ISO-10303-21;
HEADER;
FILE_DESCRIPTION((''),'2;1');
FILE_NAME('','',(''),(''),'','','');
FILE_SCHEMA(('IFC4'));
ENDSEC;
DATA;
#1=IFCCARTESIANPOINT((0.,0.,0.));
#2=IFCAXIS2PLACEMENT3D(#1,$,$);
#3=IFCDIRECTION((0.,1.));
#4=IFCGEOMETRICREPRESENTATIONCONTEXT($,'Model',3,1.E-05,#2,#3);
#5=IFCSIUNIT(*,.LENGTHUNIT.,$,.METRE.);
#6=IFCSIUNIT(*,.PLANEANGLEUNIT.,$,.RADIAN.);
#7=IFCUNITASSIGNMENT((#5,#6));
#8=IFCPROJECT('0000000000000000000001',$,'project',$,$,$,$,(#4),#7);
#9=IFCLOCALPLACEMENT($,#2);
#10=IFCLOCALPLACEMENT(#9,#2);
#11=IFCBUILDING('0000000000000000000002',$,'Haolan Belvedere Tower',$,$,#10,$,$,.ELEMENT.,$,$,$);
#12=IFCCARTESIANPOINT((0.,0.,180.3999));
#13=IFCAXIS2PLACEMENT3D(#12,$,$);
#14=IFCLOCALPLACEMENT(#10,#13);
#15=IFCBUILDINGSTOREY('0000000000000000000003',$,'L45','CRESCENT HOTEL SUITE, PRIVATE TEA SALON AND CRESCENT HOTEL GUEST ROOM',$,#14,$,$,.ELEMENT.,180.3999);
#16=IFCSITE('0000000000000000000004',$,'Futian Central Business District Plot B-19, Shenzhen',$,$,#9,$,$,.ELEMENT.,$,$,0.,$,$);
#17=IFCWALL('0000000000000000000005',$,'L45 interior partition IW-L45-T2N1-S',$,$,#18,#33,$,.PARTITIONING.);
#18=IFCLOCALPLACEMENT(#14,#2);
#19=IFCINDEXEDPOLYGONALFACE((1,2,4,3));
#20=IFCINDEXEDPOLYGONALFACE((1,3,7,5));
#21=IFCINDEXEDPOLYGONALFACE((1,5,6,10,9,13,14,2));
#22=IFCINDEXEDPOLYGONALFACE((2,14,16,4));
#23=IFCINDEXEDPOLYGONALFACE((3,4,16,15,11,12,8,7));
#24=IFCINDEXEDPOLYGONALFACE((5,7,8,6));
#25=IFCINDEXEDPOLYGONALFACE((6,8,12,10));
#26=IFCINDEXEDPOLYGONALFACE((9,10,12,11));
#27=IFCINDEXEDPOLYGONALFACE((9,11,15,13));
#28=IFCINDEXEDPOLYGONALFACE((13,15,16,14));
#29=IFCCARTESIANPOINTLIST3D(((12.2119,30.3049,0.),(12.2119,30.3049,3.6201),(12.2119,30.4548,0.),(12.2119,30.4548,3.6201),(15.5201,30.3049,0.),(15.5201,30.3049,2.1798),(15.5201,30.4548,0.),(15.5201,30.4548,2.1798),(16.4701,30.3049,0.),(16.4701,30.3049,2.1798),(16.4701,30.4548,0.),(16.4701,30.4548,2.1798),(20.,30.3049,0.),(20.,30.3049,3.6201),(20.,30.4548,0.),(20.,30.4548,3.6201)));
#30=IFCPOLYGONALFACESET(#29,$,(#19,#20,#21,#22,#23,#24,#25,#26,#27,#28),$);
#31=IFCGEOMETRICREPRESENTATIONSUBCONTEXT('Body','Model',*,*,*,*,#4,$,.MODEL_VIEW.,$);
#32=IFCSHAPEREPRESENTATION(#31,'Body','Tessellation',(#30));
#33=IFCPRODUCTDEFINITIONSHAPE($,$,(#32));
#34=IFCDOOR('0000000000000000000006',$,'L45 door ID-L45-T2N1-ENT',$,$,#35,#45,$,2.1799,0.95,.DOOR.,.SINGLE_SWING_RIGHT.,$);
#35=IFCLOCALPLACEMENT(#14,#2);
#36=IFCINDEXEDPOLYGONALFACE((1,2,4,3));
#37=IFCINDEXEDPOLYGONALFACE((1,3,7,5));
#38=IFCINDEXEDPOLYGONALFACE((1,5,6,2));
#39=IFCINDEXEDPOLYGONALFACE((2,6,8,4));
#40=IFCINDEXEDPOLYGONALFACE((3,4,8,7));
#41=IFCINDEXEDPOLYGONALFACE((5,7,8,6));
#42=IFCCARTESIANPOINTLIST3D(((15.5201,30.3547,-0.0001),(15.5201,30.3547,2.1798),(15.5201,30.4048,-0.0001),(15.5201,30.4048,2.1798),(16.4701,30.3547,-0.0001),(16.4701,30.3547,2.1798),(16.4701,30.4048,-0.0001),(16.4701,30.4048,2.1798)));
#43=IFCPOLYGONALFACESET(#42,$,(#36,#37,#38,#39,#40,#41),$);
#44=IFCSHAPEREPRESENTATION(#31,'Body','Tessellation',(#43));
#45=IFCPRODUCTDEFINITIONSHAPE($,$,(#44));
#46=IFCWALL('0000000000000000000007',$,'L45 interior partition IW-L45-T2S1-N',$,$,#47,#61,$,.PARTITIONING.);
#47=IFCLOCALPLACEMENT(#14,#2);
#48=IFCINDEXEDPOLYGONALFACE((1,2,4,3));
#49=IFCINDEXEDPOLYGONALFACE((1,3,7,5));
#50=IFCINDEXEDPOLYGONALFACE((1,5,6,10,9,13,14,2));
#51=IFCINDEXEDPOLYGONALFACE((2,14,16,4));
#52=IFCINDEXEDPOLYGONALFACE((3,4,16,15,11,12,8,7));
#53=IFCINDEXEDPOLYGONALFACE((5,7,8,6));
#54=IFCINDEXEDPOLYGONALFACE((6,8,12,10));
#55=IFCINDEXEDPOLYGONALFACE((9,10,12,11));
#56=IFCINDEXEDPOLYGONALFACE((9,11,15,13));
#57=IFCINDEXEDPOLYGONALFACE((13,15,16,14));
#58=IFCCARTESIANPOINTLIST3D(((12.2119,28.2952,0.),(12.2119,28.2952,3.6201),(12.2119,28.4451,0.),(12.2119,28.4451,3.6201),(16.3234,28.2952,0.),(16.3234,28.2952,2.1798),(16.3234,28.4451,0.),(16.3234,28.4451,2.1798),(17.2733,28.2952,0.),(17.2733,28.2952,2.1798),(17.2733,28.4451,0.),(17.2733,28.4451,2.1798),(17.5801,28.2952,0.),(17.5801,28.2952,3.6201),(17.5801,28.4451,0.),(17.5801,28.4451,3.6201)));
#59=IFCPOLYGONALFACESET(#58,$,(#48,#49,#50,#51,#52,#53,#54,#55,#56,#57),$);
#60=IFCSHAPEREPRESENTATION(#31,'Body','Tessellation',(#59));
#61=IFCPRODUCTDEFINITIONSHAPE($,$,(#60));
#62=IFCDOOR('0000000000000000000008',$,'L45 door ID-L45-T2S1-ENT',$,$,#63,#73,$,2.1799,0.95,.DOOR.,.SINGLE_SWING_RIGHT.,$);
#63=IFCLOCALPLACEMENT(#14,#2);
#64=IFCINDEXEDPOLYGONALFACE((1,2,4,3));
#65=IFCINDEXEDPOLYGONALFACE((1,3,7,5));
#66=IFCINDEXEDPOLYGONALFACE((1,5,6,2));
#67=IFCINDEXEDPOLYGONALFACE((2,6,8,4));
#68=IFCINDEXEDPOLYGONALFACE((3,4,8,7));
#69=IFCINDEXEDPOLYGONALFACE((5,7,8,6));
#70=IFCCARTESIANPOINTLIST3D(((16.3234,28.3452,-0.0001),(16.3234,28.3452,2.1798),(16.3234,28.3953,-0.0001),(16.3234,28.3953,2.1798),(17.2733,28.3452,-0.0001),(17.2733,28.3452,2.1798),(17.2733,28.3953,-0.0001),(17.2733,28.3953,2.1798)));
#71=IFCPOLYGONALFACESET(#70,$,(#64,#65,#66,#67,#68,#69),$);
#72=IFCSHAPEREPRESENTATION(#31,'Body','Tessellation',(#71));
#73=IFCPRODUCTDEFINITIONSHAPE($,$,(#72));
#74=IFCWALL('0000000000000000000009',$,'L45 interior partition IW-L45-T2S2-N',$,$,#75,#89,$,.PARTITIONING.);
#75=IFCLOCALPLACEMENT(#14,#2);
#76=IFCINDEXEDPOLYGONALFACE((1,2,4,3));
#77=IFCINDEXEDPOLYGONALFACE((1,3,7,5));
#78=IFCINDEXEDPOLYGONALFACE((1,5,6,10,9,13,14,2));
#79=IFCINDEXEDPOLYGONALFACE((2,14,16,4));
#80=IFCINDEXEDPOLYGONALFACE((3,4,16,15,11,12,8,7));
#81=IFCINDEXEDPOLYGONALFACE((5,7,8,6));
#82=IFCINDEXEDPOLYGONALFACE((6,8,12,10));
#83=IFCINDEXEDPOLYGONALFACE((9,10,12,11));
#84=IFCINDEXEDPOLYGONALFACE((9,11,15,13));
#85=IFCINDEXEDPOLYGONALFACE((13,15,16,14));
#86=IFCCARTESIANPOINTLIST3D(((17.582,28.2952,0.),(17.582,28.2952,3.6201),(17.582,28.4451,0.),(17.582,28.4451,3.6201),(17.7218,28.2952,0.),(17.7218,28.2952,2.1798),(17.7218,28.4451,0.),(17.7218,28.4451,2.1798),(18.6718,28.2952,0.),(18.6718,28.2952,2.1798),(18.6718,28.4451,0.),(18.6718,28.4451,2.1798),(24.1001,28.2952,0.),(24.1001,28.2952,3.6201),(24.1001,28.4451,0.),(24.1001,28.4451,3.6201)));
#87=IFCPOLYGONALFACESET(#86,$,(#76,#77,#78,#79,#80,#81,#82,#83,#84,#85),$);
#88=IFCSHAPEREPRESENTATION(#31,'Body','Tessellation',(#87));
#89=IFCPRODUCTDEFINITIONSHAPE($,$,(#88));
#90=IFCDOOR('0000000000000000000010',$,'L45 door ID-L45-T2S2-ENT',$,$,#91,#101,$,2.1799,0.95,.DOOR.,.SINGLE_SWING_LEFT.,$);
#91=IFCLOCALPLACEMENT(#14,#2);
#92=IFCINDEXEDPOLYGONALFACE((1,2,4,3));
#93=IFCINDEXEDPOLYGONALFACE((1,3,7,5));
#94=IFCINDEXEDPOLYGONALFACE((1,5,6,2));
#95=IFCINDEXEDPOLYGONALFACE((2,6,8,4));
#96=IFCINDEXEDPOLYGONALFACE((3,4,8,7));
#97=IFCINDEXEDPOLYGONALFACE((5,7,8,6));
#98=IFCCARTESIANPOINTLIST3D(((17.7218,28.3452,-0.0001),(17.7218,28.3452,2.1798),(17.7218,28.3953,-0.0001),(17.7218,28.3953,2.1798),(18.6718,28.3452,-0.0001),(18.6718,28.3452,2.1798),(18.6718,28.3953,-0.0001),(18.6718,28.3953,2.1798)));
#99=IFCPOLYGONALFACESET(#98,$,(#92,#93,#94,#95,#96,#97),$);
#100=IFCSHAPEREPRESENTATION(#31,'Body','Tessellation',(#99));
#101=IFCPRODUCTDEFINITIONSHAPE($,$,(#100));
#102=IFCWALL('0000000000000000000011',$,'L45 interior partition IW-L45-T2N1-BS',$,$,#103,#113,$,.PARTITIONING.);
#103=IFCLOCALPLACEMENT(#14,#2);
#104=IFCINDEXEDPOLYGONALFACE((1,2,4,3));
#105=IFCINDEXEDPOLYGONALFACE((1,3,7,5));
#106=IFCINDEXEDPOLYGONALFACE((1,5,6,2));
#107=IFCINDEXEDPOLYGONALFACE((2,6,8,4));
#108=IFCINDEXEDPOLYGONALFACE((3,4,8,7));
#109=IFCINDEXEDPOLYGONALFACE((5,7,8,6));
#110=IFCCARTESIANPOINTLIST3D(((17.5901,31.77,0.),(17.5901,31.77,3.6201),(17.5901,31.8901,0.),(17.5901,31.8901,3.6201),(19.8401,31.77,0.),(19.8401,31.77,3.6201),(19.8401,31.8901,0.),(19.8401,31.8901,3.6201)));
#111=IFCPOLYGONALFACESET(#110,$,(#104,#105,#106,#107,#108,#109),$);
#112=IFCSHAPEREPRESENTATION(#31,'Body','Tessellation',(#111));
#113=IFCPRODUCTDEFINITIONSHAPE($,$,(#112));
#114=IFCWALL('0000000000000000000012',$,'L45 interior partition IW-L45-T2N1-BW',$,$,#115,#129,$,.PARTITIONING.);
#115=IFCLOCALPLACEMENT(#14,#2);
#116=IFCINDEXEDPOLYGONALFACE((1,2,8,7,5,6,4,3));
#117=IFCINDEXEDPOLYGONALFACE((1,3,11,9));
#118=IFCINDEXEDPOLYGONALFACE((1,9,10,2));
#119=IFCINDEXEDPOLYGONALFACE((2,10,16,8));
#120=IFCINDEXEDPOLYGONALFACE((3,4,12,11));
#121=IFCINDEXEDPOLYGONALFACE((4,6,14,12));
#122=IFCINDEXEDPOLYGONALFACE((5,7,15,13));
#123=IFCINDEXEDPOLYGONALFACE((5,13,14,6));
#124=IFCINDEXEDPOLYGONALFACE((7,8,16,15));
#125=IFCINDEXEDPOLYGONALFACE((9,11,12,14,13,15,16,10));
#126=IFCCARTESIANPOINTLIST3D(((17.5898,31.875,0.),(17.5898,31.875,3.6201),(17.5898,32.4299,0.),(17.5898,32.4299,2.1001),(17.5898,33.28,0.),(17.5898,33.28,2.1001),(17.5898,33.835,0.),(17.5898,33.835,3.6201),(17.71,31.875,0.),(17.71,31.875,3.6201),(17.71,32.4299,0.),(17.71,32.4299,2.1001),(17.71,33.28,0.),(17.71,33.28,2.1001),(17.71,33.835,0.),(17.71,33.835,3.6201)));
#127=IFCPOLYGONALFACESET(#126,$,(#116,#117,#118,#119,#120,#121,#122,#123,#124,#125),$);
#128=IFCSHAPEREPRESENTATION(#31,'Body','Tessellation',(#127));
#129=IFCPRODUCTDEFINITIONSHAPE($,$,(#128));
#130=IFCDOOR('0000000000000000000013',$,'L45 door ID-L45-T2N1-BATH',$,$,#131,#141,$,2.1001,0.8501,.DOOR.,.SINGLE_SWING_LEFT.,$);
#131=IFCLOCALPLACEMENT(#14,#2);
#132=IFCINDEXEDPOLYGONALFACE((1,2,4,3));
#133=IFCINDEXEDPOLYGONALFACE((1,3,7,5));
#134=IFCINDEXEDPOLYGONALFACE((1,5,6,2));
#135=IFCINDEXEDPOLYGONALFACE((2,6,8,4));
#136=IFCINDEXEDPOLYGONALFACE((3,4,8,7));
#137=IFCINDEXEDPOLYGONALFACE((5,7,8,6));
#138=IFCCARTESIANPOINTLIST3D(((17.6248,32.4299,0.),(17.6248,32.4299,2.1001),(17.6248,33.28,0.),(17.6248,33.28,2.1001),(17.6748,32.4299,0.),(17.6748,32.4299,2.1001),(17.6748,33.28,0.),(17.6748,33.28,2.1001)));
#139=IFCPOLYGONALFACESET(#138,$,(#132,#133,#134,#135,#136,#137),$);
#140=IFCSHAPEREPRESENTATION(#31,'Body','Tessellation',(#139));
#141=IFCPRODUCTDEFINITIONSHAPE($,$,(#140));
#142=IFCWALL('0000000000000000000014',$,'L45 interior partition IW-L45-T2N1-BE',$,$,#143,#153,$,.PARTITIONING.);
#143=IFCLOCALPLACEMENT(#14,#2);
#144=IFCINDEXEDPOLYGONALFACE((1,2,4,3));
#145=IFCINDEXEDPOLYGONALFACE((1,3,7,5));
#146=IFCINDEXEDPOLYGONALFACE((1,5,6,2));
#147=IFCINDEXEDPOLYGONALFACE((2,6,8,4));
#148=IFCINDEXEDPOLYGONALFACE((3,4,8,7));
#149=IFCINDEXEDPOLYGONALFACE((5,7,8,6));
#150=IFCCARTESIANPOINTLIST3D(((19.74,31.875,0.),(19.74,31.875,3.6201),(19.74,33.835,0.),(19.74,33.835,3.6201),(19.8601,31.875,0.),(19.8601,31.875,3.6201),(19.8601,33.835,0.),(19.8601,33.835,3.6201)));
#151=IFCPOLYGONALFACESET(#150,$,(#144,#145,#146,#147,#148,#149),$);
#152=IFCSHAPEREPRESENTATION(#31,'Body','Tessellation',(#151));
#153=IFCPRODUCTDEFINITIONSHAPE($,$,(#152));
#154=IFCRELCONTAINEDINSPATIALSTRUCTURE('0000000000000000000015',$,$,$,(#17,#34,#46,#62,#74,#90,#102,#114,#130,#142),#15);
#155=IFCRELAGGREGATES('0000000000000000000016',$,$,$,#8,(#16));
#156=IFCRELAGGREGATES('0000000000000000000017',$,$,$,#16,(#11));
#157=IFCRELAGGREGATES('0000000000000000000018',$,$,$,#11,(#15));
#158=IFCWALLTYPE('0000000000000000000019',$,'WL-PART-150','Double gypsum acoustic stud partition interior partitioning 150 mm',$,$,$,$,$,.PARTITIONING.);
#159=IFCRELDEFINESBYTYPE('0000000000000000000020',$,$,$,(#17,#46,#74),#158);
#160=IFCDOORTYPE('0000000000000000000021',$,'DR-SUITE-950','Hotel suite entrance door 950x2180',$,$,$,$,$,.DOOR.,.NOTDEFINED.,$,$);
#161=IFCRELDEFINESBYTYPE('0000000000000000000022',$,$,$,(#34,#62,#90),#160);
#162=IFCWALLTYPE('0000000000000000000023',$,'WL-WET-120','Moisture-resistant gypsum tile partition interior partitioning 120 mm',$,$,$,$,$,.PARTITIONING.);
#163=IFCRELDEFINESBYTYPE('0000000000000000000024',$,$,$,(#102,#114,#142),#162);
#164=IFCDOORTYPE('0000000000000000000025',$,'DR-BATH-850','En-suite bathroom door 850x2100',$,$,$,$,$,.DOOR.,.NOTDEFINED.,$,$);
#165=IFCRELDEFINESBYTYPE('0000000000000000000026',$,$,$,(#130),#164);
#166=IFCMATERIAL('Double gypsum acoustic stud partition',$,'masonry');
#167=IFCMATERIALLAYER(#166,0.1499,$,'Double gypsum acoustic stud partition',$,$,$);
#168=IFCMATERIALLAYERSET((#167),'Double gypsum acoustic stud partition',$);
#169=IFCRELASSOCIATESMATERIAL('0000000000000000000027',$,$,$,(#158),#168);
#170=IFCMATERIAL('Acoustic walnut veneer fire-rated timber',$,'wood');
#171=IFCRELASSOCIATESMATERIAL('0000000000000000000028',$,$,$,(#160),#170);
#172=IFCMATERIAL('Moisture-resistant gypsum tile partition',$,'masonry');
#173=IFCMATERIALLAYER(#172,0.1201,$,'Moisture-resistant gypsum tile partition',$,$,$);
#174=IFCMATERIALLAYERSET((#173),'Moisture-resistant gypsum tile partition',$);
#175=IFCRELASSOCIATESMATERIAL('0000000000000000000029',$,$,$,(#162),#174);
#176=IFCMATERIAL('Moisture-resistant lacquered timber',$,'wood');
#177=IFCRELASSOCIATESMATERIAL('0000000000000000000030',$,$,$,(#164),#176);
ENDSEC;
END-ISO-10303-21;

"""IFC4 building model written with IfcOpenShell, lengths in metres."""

from ifc_helpers import new_model, si_unit, direction, frame, frame_2d, origin, place, context, subcontext, project, spatial, rectangle, extrude, material, layer, layer_set, type_object, element, fill, save


model = new_model("IFC4")

# Units and contexts
model_context = context("Model", 3, precision=1e-05, world=origin(), true_north=direction((0.0, 1.0)))
body_context = subcontext(model_context, "Body", "Model", "MODEL_VIEW")
ifc_project = project(units=[si_unit("LENGTHUNIT", "METRE"), si_unit("PLANEANGLEUNIT", "RADIAN")], contexts=[model_context])

# Site, building, storey
site_placement = place(None, origin())
site = spatial("IfcSite", under=ifc_project, at=site_placement, Name="Futian Central Business District Plot B-19, Shenzhen", CompositionType="ELEMENT", RefElevation=0.0)
building_placement = place(site_placement, origin())
building = spatial("IfcBuilding", under=site, at=building_placement, Name="Haolan Belvedere Tower", CompositionType="ELEMENT")
storey_placement = place(building_placement, frame((0.0, 0.0, 180.3999)))
storey = spatial("IfcBuildingStorey", under=building, at=storey_placement, Name="L45", Description="CRESCENT HOTEL SUITE, PRIVATE TEA SALON AND CRESCENT HOTEL GUEST ROOM", CompositionType="ELEMENT", Elevation=180.3999)

# Walls, openings, doors
ifc_material_1 = material(Name="Double gypsum acoustic stud partition", Category="masonry")
ifc_layer_1 = layer(ifc_material_1, 0.1499, Name="Double gypsum acoustic stud partition")
ifc_layer_set_1 = layer_set([ifc_layer_1], Name="Double gypsum acoustic stud partition")
wall_type_1 = type_object("IfcWallType", Name="WL-PART-150", Description="Double gypsum acoustic stud partition interior partitioning 150 mm", PredefinedType="PARTITIONING", material=ifc_layer_set_1)
wall_1_placement = place(storey_placement, frame((12.2119, 30.3799, 0.0), z_axis=(0.0, 0.0, 1.0), x_axis=(1.0, 0.0, 0.0)))
wall_1 = element("IfcWall", 1, at=wall_1_placement, inside=storey, type_object=wall_type_1, Name="L45 interior partition IW-L45-T2N1-S", PredefinedType="PARTITIONING", context=body_context, shape_type="SweptSolid", body=[
    extrude(rectangle(XDim=7.7881, YDim=0.1499, at=frame_2d((3.894, 0.0))), origin(), (0.0, 0.0, 1.0), 3.6201),
])
opening_1_placement = place(wall_1_placement, frame((3.3081, 0.0, 0.0)))
opening_1 = element("IfcOpeningElement", 2, at=opening_1_placement, cuts=wall_1, PredefinedType="OPENING", context=body_context, shape_type="SweptSolid", body=[
    extrude(rectangle(XDim=0.95, YDim=2.1799, at=frame_2d((0.4751, 1.0898))), frame((0.0, 0.085, 0.0), z_axis=(0.0, -1.0, 0.0), x_axis=(1.0, 0.0, 0.0)), (0.0, 0.0, 1.0), 0.1699),
])
ifc_material_2 = material(Name="Acoustic walnut veneer fire-rated timber", Category="wood")
door_type_1 = type_object("IfcDoorType", Name="DR-SUITE-950", Description="Hotel suite entrance door 950x2180", OperationType="NOTDEFINED", PredefinedType="DOOR", material=ifc_material_2)
door_1_placement = place(opening_1_placement, origin())
door_1 = element("IfcDoor", 3, at=door_1_placement, inside=storey, type_object=door_type_1, Name="L45 door ID-L45-T2N1-ENT", OperationType="SINGLE_SWING_RIGHT", OverallHeight=2.1799, OverallWidth=0.95, PredefinedType="DOOR", context=body_context, shape_type="SweptSolid", body=[
    extrude(rectangle(XDim=0.95, YDim=2.1799, at=frame_2d((0.4751, 1.0898))), frame((0.0, 0.0249, 0.0), z_axis=(0.0, -1.0, 0.0), x_axis=(1.0, 0.0, 0.0)), (0.0, 0.0, 1.0), 0.05),
])
fill(opening_1, door_1)
wall_2_placement = place(storey_placement, frame((12.2119, 28.3701, 0.0), z_axis=(0.0, 0.0, 1.0), x_axis=(1.0, 0.0, 0.0)))
wall_2 = element("IfcWall", 4, at=wall_2_placement, inside=storey, type_object=wall_type_1, Name="L45 interior partition IW-L45-T2S1-N", PredefinedType="PARTITIONING", context=body_context, shape_type="SweptSolid", body=[
    extrude(rectangle(XDim=5.3682, YDim=0.1499, at=frame_2d((2.6841, 0.0))), origin(), (0.0, 0.0, 1.0), 3.6201),
])
opening_2_placement = place(wall_2_placement, frame((5.0615, 0.0, 0.0), z_axis=(0.0, 0.0, 1.0), x_axis=(-1.0, 0.0, 0.0)))
opening_2 = element("IfcOpeningElement", 5, at=opening_2_placement, cuts=wall_2, PredefinedType="OPENING", context=body_context, shape_type="SweptSolid", body=[
    extrude(rectangle(XDim=0.95, YDim=2.1799, at=frame_2d((0.4751, 1.0898))), frame((0.0, 0.085, 0.0), z_axis=(0.0, -1.0, 0.0), x_axis=(1.0, 0.0, 0.0)), (0.0, 0.0, 1.0), 0.1699),
])
door_2_placement = place(opening_2_placement, origin())
door_2 = element("IfcDoor", 6, at=door_2_placement, inside=storey, type_object=door_type_1, Name="L45 door ID-L45-T2S1-ENT", OperationType="SINGLE_SWING_RIGHT", OverallHeight=2.1799, OverallWidth=0.95, PredefinedType="DOOR", context=body_context, shape_type="SweptSolid", body=[
    extrude(rectangle(XDim=0.95, YDim=2.1799, at=frame_2d((0.4751, 1.0898))), frame((0.0, 0.0249, 0.0), z_axis=(0.0, -1.0, 0.0), x_axis=(1.0, 0.0, 0.0)), (0.0, 0.0, 1.0), 0.05),
])
fill(opening_2, door_2)
wall_3_placement = place(storey_placement, frame((17.582, 28.3701, 0.0), z_axis=(0.0, 0.0, 1.0), x_axis=(1.0, 0.0, 0.0)))
wall_3 = element("IfcWall", 7, at=wall_3_placement, inside=storey, type_object=wall_type_1, Name="L45 interior partition IW-L45-T2S2-N", PredefinedType="PARTITIONING", context=body_context, shape_type="SweptSolid", body=[
    extrude(rectangle(XDim=6.5181, YDim=0.1499, at=frame_2d((3.259, 0.0))), origin(), (0.0, 0.0, 1.0), 3.6201),
])
opening_3_placement = place(wall_3_placement, frame((1.0898, 0.0, 0.0), z_axis=(0.0, 0.0, 1.0), x_axis=(-1.0, 0.0, 0.0)))
opening_3 = element("IfcOpeningElement", 8, at=opening_3_placement, cuts=wall_3, PredefinedType="OPENING", context=body_context, shape_type="SweptSolid", body=[
    extrude(rectangle(XDim=0.95, YDim=2.1799, at=frame_2d((0.4751, 1.0898))), frame((0.0, 0.085, 0.0), z_axis=(0.0, -1.0, 0.0), x_axis=(1.0, 0.0, 0.0)), (0.0, 0.0, 1.0), 0.1699),
])
door_3_placement = place(opening_3_placement, origin())
door_3 = element("IfcDoor", 9, at=door_3_placement, inside=storey, type_object=door_type_1, Name="L45 door ID-L45-T2S2-ENT", OperationType="SINGLE_SWING_LEFT", OverallHeight=2.1799, OverallWidth=0.95, PredefinedType="DOOR", context=body_context, shape_type="SweptSolid", body=[
    extrude(rectangle(XDim=0.95, YDim=2.1799, at=frame_2d((0.4751, 1.0898))), frame((0.0, 0.0249, 0.0), z_axis=(0.0, -1.0, 0.0), x_axis=(1.0, 0.0, 0.0)), (0.0, 0.0, 1.0), 0.05),
])
fill(opening_3, door_3)

# Wall
ifc_material_3 = material(Name="Moisture-resistant gypsum tile partition", Category="masonry")
ifc_layer_2 = layer(ifc_material_3, 0.1201, Name="Moisture-resistant gypsum tile partition")
ifc_layer_set_2 = layer_set([ifc_layer_2], Name="Moisture-resistant gypsum tile partition")
wall_type_2 = type_object("IfcWallType", Name="WL-WET-120", Description="Moisture-resistant gypsum tile partition interior partitioning 120 mm", PredefinedType="PARTITIONING", material=ifc_layer_set_2)
wall_4_placement = place(storey_placement, frame((17.5901, 31.8301, 0.0), z_axis=(0.0, 0.0, 1.0), x_axis=(1.0, 0.0, 0.0)))
element("IfcWall", 10, at=wall_4_placement, inside=storey, type_object=wall_type_2, Name="L45 interior partition IW-L45-T2N1-BS", PredefinedType="PARTITIONING", context=body_context, shape_type="SweptSolid", body=[
    extrude(rectangle(XDim=2.25, YDim=0.1201, at=frame_2d((1.125, 0.0))), origin(), (0.0, 0.0, 1.0), 3.6201),
])

# Wall, opening, door
wall_5_placement = place(storey_placement, frame((17.6499, 31.875, 0.0), z_axis=(0.0, 0.0, 1.0), x_axis=(0.0, 1.0, 0.0)))
wall_5 = element("IfcWall", 11, at=wall_5_placement, inside=storey, type_object=wall_type_2, Name="L45 interior partition IW-L45-T2N1-BW", PredefinedType="PARTITIONING", context=body_context, shape_type="SweptSolid", body=[
    extrude(rectangle(XDim=1.96, YDim=0.1201, at=frame_2d((0.98, 0.0))), origin(), (0.0, 0.0, 1.0), 3.6201),
])
opening_4_placement = place(wall_5_placement, frame((1.405, 0.0, 0.0), z_axis=(0.0, 0.0, 1.0), x_axis=(-1.0, 0.0, 0.0)))
opening_4 = element("IfcOpeningElement", 12, at=opening_4_placement, cuts=wall_5, PredefinedType="OPENING", context=body_context, shape_type="SweptSolid", body=[
    extrude(rectangle(XDim=0.8501, YDim=2.1001, at=frame_2d((0.425, 1.05))), frame((0.0, 0.0701, 0.0), z_axis=(0.0, -1.0, 0.0), x_axis=(1.0, 0.0, 0.0)), (0.0, 0.0, 1.0), 0.1401),
])
ifc_material_4 = material(Name="Moisture-resistant lacquered timber", Category="wood")
door_type_2 = type_object("IfcDoorType", Name="DR-BATH-850", Description="En-suite bathroom door 850x2100", OperationType="NOTDEFINED", PredefinedType="DOOR", material=ifc_material_4)
door_4_placement = place(opening_4_placement, origin())
door_4 = element("IfcDoor", 13, at=door_4_placement, inside=storey, type_object=door_type_2, Name="L45 door ID-L45-T2N1-BATH", OperationType="SINGLE_SWING_LEFT", OverallHeight=2.1001, OverallWidth=0.8501, PredefinedType="DOOR", context=body_context, shape_type="SweptSolid", body=[
    extrude(rectangle(XDim=0.8501, YDim=2.1001, at=frame_2d((0.425, 1.05))), frame((0.0, 0.0249, 0.0), z_axis=(0.0, -1.0, 0.0), x_axis=(1.0, 0.0, 0.0)), (0.0, 0.0, 1.0), 0.05),
])
fill(opening_4, door_4)

# Wall
wall_6_placement = place(storey_placement, frame((19.8, 31.875, 0.0), z_axis=(0.0, 0.0, 1.0), x_axis=(0.0, 1.0, 0.0)))
element("IfcWall", 14, at=wall_6_placement, inside=storey, type_object=wall_type_2, Name="L45 interior partition IW-L45-T2N1-BE", PredefinedType="PARTITIONING", context=body_context, shape_type="SweptSolid", body=[
    extrude(rectangle(XDim=1.96, YDim=0.1201, at=frame_2d((0.98, 0.0))), origin(), (0.0, 0.0, 1.0), 3.6201),
])

save(model, "model.ifc")
